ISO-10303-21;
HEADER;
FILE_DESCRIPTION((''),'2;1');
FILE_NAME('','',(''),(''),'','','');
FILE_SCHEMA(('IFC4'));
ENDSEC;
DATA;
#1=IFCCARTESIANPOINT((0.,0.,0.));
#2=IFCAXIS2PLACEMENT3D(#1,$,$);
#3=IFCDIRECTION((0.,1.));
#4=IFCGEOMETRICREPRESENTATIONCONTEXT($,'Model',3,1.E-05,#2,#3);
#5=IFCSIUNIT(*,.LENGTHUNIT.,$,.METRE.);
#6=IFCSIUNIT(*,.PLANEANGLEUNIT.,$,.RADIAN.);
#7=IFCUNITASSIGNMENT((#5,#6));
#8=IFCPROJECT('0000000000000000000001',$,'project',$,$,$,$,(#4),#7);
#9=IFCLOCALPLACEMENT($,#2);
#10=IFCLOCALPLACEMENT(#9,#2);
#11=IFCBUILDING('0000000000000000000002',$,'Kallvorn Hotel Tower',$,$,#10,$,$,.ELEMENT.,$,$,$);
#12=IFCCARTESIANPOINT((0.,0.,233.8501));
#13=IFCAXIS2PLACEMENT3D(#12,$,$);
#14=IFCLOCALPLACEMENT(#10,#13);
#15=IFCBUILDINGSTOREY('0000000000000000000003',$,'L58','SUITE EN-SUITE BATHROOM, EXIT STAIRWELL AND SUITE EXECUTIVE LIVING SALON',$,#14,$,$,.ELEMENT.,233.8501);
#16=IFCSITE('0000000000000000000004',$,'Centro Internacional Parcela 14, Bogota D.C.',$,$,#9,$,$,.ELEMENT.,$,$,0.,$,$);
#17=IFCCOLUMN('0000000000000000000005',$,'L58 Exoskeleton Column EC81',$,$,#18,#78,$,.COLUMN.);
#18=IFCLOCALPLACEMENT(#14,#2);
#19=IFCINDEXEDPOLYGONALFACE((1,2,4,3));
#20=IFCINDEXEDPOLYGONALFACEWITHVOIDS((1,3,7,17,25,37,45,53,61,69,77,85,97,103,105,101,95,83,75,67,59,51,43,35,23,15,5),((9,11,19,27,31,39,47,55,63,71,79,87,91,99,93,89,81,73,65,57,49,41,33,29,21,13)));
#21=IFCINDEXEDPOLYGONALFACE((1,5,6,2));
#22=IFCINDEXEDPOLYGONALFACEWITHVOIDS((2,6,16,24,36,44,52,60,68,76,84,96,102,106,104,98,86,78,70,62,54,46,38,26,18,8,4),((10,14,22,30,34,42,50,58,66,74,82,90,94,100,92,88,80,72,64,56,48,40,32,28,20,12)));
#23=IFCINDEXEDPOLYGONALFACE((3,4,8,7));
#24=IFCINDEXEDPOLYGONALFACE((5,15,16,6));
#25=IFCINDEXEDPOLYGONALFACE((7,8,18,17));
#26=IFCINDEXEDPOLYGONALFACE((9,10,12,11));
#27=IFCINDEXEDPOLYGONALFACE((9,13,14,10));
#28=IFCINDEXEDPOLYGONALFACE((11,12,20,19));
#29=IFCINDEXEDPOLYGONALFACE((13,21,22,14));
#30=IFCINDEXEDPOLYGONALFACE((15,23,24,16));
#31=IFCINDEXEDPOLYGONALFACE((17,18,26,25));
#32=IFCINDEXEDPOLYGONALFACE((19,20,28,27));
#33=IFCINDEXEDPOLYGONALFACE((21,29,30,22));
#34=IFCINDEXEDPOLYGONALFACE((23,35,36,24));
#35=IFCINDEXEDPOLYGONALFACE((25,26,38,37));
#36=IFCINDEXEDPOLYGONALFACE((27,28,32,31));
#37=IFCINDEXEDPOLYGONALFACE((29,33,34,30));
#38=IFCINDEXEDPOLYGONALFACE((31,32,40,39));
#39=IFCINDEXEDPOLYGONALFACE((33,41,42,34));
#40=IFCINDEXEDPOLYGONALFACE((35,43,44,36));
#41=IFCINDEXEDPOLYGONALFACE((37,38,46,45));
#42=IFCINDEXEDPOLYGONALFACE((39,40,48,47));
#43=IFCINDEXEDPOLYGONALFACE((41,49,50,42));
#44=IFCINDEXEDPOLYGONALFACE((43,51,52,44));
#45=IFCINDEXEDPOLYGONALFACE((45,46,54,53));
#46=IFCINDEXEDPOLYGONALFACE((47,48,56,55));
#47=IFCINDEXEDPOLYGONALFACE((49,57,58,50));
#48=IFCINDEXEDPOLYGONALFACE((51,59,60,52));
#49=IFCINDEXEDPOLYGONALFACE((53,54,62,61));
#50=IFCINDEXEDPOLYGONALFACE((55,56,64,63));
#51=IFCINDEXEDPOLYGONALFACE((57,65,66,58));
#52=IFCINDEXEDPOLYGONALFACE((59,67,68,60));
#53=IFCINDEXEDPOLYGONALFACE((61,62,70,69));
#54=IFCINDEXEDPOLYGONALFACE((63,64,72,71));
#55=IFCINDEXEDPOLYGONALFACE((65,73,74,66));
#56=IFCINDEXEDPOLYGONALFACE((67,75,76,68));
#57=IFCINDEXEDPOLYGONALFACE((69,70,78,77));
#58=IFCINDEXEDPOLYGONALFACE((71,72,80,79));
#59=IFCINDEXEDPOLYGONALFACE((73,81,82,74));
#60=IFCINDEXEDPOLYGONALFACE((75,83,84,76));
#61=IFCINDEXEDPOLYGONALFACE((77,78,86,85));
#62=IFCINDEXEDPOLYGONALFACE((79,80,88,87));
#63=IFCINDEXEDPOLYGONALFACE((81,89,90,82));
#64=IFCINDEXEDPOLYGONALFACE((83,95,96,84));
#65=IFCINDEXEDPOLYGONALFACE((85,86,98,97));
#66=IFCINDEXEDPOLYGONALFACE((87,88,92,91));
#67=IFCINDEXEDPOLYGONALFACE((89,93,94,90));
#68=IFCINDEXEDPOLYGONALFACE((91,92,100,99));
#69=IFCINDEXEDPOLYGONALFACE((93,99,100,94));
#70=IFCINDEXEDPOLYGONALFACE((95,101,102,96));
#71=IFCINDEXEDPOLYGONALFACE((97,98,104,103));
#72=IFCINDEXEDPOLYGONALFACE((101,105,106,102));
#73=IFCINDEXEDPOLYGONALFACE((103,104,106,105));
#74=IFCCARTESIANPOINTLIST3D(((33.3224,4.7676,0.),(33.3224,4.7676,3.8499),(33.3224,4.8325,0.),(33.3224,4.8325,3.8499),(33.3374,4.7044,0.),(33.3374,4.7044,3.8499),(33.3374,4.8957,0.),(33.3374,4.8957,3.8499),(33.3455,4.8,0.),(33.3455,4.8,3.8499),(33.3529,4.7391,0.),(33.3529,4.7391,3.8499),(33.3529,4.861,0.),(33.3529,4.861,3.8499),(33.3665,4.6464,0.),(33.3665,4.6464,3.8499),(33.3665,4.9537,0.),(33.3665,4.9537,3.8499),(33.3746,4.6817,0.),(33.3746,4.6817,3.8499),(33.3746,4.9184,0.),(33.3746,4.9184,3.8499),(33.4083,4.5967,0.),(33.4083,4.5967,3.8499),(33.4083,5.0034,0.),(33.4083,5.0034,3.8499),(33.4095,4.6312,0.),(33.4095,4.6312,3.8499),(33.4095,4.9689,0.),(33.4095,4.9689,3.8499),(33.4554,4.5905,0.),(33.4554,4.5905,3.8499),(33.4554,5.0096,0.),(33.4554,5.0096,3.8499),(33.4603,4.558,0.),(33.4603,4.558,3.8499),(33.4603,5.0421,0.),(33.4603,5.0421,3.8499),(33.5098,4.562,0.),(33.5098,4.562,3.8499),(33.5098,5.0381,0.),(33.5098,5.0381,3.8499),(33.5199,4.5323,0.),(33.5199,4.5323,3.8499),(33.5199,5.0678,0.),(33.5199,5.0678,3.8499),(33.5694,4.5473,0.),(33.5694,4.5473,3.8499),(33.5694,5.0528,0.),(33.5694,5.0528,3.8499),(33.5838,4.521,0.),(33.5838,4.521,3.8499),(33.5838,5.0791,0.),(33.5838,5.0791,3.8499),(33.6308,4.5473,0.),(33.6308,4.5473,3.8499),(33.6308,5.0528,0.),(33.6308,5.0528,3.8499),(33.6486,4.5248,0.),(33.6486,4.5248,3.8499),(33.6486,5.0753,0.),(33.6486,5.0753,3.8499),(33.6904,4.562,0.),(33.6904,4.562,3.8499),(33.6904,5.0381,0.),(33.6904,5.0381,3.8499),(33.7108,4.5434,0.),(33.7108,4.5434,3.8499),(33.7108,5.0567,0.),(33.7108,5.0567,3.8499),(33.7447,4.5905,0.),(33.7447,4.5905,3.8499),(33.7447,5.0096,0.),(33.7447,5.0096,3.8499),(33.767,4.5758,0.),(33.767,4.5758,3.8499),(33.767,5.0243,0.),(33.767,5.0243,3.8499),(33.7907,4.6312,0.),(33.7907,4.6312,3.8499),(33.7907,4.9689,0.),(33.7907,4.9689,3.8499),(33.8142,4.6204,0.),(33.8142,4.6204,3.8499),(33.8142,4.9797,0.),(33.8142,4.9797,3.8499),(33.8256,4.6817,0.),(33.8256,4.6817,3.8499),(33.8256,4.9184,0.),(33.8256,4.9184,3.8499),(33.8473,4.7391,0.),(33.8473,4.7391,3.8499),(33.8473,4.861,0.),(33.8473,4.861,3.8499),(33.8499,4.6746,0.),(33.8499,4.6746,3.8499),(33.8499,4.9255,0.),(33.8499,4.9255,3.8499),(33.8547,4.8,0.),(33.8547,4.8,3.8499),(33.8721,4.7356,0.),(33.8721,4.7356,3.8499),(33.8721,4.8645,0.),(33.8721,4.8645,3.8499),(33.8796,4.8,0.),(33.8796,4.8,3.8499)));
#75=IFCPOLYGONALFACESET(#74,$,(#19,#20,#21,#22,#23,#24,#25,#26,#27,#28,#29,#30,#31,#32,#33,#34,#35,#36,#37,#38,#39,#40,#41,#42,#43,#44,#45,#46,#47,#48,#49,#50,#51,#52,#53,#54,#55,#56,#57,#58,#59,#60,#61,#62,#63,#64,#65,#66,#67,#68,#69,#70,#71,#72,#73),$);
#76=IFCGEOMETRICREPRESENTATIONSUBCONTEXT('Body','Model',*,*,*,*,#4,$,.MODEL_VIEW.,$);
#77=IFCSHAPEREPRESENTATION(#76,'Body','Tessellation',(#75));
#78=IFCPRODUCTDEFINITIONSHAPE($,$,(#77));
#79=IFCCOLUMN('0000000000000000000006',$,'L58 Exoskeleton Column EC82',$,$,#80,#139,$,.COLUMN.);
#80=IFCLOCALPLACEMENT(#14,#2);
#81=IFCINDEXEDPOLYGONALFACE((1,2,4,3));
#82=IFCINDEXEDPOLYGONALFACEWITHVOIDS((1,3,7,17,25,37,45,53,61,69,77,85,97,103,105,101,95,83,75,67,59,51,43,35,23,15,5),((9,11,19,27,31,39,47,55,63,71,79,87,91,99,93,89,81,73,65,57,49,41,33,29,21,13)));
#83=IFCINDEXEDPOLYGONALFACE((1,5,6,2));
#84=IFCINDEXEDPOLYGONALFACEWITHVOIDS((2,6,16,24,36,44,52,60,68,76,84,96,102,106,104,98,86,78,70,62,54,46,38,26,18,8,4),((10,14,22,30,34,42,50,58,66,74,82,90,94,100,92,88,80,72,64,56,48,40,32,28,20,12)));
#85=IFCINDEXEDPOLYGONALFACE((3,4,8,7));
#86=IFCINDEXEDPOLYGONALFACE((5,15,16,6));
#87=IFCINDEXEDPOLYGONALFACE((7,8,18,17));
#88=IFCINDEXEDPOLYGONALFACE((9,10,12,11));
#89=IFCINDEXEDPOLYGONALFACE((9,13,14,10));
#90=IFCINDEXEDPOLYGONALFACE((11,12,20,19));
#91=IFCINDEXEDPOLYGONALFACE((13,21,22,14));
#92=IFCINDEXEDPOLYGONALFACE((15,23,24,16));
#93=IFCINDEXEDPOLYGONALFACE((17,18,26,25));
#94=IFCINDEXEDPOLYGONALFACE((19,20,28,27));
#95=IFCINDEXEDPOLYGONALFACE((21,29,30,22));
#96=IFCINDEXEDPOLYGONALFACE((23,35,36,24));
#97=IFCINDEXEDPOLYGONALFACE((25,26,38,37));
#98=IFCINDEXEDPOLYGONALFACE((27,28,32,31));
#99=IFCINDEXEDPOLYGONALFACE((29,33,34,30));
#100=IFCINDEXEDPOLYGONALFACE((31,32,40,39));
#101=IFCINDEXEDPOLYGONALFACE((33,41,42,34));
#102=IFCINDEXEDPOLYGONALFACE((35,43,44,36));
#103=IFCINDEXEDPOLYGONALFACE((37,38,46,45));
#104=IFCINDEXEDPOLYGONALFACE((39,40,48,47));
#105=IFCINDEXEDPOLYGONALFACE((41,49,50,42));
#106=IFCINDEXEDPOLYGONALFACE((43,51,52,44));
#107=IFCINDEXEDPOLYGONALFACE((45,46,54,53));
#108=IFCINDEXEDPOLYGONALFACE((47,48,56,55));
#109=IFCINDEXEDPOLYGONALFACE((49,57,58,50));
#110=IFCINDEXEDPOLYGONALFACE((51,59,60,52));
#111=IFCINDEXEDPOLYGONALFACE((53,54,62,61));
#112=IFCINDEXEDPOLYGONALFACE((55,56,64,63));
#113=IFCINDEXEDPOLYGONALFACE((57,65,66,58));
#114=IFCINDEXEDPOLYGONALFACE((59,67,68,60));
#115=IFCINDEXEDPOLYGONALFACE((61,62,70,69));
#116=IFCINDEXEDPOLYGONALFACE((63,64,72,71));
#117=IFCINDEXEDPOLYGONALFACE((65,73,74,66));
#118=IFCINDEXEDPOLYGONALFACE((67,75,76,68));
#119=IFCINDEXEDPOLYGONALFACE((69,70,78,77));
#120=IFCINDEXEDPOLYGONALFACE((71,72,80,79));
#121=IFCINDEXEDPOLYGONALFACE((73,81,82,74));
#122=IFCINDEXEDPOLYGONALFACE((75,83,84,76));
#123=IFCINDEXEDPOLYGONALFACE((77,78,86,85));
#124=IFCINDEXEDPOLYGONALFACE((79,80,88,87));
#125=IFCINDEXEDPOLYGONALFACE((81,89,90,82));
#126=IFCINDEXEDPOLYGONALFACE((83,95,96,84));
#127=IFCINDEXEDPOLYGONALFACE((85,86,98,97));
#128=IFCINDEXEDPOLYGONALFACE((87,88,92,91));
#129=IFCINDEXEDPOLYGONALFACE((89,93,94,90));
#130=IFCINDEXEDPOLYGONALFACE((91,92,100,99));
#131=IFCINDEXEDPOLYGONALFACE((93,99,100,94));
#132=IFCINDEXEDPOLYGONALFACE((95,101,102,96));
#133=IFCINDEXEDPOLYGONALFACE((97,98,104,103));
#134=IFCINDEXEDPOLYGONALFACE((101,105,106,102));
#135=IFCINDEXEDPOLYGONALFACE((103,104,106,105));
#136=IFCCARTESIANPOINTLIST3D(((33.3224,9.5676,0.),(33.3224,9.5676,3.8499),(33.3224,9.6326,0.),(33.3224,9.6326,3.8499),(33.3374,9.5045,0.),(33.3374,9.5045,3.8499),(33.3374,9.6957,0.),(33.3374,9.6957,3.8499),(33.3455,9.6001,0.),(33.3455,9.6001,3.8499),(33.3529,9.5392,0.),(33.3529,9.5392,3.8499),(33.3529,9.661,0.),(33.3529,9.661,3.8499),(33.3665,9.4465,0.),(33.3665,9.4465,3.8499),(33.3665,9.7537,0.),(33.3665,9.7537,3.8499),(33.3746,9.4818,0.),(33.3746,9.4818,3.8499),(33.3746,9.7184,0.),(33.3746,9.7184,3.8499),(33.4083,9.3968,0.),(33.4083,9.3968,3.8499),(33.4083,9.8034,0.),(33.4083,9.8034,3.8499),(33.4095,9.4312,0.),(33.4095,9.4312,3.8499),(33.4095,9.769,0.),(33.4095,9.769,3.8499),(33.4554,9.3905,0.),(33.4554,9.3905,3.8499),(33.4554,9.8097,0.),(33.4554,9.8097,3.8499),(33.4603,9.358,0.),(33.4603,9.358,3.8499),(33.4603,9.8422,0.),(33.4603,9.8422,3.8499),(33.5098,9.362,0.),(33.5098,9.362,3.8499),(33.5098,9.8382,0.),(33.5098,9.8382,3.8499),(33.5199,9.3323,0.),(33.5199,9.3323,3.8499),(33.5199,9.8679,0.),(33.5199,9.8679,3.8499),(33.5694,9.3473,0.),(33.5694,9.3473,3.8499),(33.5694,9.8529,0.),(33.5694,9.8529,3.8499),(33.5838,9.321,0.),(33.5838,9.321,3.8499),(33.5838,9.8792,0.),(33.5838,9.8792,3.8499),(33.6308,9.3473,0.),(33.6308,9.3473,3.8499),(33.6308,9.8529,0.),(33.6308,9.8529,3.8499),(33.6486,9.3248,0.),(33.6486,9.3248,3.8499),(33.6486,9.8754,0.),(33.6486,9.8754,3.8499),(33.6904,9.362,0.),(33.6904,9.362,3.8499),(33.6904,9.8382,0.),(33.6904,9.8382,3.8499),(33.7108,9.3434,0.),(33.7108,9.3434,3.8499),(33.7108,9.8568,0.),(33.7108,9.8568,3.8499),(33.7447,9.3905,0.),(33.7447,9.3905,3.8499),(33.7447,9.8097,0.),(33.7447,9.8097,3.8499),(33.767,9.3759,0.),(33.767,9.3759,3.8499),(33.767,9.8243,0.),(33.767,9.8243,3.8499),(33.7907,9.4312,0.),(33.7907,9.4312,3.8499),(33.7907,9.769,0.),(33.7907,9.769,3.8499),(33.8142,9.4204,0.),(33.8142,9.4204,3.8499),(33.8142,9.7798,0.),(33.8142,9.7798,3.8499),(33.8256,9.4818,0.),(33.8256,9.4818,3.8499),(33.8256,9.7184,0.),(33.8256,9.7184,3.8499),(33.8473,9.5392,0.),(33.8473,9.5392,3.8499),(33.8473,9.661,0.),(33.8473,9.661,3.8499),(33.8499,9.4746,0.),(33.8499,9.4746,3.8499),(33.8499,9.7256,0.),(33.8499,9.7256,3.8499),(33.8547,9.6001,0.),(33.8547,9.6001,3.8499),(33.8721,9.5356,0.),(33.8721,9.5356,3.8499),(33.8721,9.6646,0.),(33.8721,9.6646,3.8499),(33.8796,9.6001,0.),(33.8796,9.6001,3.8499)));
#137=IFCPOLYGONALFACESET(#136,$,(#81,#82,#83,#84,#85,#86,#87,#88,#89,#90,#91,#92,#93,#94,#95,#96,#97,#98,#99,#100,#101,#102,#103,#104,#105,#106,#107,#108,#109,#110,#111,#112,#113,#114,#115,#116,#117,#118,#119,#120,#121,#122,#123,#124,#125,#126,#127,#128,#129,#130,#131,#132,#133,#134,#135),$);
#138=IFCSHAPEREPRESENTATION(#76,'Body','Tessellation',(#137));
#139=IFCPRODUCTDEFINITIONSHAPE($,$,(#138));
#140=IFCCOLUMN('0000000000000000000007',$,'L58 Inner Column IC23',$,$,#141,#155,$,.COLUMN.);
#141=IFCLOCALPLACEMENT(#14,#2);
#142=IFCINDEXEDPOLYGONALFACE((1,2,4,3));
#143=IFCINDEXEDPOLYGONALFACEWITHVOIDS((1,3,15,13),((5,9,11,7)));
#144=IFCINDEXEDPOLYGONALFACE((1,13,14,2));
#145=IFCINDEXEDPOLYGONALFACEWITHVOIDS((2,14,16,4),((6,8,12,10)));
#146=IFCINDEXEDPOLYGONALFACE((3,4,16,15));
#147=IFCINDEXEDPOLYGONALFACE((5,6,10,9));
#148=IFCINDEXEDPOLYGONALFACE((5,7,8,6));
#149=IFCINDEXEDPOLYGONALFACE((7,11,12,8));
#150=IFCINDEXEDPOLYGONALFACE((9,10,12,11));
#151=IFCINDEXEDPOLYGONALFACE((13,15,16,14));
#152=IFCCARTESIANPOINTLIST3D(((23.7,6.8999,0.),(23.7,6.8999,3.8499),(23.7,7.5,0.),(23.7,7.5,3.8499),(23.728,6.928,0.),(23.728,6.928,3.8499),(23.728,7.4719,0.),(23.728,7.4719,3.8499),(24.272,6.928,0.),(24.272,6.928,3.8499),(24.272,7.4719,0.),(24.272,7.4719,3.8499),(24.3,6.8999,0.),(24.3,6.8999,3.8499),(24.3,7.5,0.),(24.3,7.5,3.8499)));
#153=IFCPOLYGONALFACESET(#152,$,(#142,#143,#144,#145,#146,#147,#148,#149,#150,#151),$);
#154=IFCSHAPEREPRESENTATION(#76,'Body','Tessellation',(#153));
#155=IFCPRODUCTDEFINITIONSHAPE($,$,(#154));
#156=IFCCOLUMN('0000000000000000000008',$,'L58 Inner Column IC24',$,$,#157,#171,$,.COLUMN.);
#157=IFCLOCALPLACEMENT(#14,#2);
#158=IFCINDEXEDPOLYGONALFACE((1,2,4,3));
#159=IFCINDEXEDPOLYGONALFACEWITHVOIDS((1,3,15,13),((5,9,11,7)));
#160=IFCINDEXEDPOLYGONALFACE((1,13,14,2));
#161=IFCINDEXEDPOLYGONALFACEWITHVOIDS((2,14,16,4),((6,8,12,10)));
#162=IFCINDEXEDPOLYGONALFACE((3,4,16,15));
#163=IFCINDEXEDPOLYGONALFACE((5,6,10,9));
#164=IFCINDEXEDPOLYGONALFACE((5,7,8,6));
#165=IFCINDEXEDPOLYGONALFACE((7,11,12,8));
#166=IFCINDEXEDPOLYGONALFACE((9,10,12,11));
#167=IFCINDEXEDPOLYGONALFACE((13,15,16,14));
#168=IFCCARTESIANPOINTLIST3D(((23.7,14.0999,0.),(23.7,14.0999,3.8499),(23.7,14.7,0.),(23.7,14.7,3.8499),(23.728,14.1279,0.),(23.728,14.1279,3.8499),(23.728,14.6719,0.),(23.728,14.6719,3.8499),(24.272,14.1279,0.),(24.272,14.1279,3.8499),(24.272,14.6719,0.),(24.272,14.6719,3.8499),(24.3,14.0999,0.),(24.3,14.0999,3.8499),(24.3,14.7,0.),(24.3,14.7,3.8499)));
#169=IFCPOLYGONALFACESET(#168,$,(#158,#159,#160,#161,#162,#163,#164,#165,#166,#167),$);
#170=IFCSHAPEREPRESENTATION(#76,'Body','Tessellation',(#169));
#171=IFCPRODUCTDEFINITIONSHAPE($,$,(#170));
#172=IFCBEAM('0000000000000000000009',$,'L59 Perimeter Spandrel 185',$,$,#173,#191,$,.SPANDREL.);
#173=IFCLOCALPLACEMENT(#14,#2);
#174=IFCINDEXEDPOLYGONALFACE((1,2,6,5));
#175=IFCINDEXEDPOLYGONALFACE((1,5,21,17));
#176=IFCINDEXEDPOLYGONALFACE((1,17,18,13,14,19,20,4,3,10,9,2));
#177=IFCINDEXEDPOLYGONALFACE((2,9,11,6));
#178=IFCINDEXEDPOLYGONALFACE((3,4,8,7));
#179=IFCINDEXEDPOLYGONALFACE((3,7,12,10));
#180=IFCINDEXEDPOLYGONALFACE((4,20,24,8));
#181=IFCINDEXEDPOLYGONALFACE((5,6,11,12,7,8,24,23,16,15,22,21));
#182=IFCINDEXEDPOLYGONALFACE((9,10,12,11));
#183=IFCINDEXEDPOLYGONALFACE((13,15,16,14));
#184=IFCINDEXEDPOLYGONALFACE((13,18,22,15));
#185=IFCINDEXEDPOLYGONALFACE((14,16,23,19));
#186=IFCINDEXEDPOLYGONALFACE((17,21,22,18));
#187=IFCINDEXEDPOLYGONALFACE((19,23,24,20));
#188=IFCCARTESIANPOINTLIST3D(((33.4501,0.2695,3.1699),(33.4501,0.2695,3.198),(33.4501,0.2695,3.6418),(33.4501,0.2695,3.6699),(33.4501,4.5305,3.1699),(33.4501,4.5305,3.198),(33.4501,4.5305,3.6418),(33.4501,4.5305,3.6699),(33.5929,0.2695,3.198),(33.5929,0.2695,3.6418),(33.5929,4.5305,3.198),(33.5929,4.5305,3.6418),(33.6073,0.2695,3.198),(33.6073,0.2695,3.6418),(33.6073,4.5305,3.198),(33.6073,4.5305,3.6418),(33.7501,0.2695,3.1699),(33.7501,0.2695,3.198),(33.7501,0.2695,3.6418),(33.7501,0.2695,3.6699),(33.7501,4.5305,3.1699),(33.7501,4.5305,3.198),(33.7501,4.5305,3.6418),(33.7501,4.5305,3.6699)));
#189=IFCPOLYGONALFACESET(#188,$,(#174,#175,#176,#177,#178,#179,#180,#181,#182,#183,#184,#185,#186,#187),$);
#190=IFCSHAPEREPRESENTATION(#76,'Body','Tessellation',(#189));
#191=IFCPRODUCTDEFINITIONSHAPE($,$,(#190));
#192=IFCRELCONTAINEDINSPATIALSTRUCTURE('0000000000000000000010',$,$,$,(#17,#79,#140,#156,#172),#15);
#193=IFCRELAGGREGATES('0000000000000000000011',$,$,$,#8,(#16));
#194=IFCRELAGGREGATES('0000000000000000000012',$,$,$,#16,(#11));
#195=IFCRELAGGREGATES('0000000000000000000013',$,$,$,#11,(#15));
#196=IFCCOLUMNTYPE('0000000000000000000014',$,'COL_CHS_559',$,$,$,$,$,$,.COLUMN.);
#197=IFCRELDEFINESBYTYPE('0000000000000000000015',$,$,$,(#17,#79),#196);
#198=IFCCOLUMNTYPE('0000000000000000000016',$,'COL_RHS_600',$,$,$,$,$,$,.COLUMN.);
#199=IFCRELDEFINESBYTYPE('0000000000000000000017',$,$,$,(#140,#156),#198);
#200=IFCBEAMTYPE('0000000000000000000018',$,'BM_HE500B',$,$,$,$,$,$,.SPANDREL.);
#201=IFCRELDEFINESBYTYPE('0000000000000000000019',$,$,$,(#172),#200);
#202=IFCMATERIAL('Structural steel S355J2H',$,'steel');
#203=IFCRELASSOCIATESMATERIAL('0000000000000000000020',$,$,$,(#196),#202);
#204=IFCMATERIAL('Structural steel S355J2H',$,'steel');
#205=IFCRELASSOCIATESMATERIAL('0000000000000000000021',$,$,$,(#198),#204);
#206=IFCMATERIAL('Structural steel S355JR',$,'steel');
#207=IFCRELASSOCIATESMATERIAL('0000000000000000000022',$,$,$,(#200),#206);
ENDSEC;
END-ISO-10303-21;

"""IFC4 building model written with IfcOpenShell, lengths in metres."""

from ifc_helpers import new_model, si_unit, direction, frame, origin, origin_2d, place, context, subcontext, project, spatial, hollow_rectangle, hollow_circle, i_section, extrude, material, material_profile, profile_set, type_object, element, save


model = new_model("IFC4")

# Units and contexts
model_context = context("Model", 3, precision=1e-05, world=origin(), true_north=direction((0.0, 1.0)))
body_context = subcontext(model_context, "Body", "Model", "MODEL_VIEW")
ifc_project = project(units=[si_unit("LENGTHUNIT", "METRE"), si_unit("PLANEANGLEUNIT", "RADIAN")], contexts=[model_context])

# Site, building, storey
site_placement = place(None, origin())
site = spatial("IfcSite", under=ifc_project, at=site_placement, Name="Centro Internacional Parcela 14, Bogota D.C.", CompositionType="ELEMENT", RefElevation=0.0)
building_placement = place(site_placement, origin())
building = spatial("IfcBuilding", under=site, at=building_placement, Name="Kallvorn Hotel Tower", CompositionType="ELEMENT")
storey_placement = place(building_placement, frame((0.0, 0.0, 233.8501)))
storey = spatial("IfcBuildingStorey", under=building, at=storey_placement, Name="L58", Description="SUITE EN-SUITE BATHROOM, EXIT STAIRWELL AND SUITE EXECUTIVE LIVING SALON", CompositionType="ELEMENT", Elevation=233.8501)

# Columns
ifc_material_1 = material(Name="Structural steel S355J2H", Category="steel")
ifc_material_profile_1 = material_profile(ifc_material_1, hollow_circle(Radius=0.2795, WallThickness=0.0249, at=origin_2d()), Name="CHS 559x25")
ifc_profile_set_1 = profile_set([ifc_material_profile_1], Name="Structural steel S355J2H")
column_type_1 = type_object("IfcColumnType", Name="COL_CHS_559", PredefinedType="COLUMN", material=ifc_profile_set_1)
for number, where, z_axis, x_axis, name in (
    (1, (33.6001, 4.8, 0.0), (0.0, 0.0, 1.0), (1.0, 0.0, 0.0), "L58 Exoskeleton Column EC81"),
    (2, (33.6001, 9.6001, 0.0), (0.0, 0.0, 1.0), (1.0, 0.0, 0.0), "L58 Exoskeleton Column EC82"),
):
    element("IfcColumn", number, at=place(storey_placement, frame(where, z_axis=z_axis, x_axis=x_axis)), inside=storey, type_object=column_type_1, Name=name, PredefinedType="COLUMN", context=body_context, shape_type="SweptSolid", body=[
        extrude(hollow_circle(Radius=0.2795, WallThickness=0.0249, at=origin_2d()), origin(), (0.0, 0.0, 1.0), 3.8499),
    ])
ifc_material_2 = material(Name="Structural steel S355J2H", Category="steel")
ifc_material_profile_2 = material_profile(ifc_material_2, hollow_rectangle(XDim=0.6001, YDim=0.6001, WallThickness=0.0281, at=origin_2d()), Name="RHS 600x600x28")
ifc_profile_set_2 = profile_set([ifc_material_profile_2], Name="Structural steel S355J2H")
column_type_2 = type_object("IfcColumnType", Name="COL_RHS_600", PredefinedType="COLUMN", material=ifc_profile_set_2)
for number, where, z_axis, x_axis, name in (
    (3, (24.0, 7.2, 0.0), (0.0, 0.0, 1.0), (1.0, 0.0, 0.0), "L58 Inner Column IC23"),
    (4, (24.0, 14.3999, 0.0), (0.0, 0.0, 1.0), (1.0, 0.0, 0.0), "L58 Inner Column IC24"),
):
    element("IfcColumn", number, at=place(storey_placement, frame(where, z_axis=z_axis, x_axis=x_axis)), inside=storey, type_object=column_type_2, Name=name, PredefinedType="COLUMN", context=body_context, shape_type="SweptSolid", body=[
        extrude(hollow_rectangle(XDim=0.6001, YDim=0.6001, WallThickness=0.0281, at=origin_2d()), origin(), (0.0, 0.0, 1.0), 3.8499),
    ])

# Beam
ifc_material_3 = material(Name="Structural steel S355JR", Category="steel")
ifc_material_profile_3 = material_profile(ifc_material_3, i_section(OverallWidth=0.3, OverallDepth=0.5, WebThickness=0.0144, FlangeThickness=0.0281, at=origin_2d()), Name="HE 500 B")
ifc_profile_set_3 = profile_set([ifc_material_profile_3], Name="Structural steel S355JR")
beam_type_1 = type_object("IfcBeamType", Name="BM_HE500B", PredefinedType="SPANDREL", material=ifc_profile_set_3)
for number, where, z_axis, x_axis, name in (
    (5, (33.6001, 0.2695, 3.4199), (0.0, 1.0, 0.0), (-1.0, 0.0, 0.0), "L59 Perimeter Spandrel 185"),
):
    element("IfcBeam", number, at=place(storey_placement, frame(where, z_axis=z_axis, x_axis=x_axis)), inside=storey, type_object=beam_type_1, Name=name, PredefinedType="SPANDREL", context=body_context, shape_type="SweptSolid", body=[
        extrude(i_section(OverallWidth=0.3, OverallDepth=0.5, WebThickness=0.0144, FlangeThickness=0.0281, at=origin_2d()), origin(), (0.0, 0.0, 1.0), 4.261),
    ])

save(model, "model.ifc")
